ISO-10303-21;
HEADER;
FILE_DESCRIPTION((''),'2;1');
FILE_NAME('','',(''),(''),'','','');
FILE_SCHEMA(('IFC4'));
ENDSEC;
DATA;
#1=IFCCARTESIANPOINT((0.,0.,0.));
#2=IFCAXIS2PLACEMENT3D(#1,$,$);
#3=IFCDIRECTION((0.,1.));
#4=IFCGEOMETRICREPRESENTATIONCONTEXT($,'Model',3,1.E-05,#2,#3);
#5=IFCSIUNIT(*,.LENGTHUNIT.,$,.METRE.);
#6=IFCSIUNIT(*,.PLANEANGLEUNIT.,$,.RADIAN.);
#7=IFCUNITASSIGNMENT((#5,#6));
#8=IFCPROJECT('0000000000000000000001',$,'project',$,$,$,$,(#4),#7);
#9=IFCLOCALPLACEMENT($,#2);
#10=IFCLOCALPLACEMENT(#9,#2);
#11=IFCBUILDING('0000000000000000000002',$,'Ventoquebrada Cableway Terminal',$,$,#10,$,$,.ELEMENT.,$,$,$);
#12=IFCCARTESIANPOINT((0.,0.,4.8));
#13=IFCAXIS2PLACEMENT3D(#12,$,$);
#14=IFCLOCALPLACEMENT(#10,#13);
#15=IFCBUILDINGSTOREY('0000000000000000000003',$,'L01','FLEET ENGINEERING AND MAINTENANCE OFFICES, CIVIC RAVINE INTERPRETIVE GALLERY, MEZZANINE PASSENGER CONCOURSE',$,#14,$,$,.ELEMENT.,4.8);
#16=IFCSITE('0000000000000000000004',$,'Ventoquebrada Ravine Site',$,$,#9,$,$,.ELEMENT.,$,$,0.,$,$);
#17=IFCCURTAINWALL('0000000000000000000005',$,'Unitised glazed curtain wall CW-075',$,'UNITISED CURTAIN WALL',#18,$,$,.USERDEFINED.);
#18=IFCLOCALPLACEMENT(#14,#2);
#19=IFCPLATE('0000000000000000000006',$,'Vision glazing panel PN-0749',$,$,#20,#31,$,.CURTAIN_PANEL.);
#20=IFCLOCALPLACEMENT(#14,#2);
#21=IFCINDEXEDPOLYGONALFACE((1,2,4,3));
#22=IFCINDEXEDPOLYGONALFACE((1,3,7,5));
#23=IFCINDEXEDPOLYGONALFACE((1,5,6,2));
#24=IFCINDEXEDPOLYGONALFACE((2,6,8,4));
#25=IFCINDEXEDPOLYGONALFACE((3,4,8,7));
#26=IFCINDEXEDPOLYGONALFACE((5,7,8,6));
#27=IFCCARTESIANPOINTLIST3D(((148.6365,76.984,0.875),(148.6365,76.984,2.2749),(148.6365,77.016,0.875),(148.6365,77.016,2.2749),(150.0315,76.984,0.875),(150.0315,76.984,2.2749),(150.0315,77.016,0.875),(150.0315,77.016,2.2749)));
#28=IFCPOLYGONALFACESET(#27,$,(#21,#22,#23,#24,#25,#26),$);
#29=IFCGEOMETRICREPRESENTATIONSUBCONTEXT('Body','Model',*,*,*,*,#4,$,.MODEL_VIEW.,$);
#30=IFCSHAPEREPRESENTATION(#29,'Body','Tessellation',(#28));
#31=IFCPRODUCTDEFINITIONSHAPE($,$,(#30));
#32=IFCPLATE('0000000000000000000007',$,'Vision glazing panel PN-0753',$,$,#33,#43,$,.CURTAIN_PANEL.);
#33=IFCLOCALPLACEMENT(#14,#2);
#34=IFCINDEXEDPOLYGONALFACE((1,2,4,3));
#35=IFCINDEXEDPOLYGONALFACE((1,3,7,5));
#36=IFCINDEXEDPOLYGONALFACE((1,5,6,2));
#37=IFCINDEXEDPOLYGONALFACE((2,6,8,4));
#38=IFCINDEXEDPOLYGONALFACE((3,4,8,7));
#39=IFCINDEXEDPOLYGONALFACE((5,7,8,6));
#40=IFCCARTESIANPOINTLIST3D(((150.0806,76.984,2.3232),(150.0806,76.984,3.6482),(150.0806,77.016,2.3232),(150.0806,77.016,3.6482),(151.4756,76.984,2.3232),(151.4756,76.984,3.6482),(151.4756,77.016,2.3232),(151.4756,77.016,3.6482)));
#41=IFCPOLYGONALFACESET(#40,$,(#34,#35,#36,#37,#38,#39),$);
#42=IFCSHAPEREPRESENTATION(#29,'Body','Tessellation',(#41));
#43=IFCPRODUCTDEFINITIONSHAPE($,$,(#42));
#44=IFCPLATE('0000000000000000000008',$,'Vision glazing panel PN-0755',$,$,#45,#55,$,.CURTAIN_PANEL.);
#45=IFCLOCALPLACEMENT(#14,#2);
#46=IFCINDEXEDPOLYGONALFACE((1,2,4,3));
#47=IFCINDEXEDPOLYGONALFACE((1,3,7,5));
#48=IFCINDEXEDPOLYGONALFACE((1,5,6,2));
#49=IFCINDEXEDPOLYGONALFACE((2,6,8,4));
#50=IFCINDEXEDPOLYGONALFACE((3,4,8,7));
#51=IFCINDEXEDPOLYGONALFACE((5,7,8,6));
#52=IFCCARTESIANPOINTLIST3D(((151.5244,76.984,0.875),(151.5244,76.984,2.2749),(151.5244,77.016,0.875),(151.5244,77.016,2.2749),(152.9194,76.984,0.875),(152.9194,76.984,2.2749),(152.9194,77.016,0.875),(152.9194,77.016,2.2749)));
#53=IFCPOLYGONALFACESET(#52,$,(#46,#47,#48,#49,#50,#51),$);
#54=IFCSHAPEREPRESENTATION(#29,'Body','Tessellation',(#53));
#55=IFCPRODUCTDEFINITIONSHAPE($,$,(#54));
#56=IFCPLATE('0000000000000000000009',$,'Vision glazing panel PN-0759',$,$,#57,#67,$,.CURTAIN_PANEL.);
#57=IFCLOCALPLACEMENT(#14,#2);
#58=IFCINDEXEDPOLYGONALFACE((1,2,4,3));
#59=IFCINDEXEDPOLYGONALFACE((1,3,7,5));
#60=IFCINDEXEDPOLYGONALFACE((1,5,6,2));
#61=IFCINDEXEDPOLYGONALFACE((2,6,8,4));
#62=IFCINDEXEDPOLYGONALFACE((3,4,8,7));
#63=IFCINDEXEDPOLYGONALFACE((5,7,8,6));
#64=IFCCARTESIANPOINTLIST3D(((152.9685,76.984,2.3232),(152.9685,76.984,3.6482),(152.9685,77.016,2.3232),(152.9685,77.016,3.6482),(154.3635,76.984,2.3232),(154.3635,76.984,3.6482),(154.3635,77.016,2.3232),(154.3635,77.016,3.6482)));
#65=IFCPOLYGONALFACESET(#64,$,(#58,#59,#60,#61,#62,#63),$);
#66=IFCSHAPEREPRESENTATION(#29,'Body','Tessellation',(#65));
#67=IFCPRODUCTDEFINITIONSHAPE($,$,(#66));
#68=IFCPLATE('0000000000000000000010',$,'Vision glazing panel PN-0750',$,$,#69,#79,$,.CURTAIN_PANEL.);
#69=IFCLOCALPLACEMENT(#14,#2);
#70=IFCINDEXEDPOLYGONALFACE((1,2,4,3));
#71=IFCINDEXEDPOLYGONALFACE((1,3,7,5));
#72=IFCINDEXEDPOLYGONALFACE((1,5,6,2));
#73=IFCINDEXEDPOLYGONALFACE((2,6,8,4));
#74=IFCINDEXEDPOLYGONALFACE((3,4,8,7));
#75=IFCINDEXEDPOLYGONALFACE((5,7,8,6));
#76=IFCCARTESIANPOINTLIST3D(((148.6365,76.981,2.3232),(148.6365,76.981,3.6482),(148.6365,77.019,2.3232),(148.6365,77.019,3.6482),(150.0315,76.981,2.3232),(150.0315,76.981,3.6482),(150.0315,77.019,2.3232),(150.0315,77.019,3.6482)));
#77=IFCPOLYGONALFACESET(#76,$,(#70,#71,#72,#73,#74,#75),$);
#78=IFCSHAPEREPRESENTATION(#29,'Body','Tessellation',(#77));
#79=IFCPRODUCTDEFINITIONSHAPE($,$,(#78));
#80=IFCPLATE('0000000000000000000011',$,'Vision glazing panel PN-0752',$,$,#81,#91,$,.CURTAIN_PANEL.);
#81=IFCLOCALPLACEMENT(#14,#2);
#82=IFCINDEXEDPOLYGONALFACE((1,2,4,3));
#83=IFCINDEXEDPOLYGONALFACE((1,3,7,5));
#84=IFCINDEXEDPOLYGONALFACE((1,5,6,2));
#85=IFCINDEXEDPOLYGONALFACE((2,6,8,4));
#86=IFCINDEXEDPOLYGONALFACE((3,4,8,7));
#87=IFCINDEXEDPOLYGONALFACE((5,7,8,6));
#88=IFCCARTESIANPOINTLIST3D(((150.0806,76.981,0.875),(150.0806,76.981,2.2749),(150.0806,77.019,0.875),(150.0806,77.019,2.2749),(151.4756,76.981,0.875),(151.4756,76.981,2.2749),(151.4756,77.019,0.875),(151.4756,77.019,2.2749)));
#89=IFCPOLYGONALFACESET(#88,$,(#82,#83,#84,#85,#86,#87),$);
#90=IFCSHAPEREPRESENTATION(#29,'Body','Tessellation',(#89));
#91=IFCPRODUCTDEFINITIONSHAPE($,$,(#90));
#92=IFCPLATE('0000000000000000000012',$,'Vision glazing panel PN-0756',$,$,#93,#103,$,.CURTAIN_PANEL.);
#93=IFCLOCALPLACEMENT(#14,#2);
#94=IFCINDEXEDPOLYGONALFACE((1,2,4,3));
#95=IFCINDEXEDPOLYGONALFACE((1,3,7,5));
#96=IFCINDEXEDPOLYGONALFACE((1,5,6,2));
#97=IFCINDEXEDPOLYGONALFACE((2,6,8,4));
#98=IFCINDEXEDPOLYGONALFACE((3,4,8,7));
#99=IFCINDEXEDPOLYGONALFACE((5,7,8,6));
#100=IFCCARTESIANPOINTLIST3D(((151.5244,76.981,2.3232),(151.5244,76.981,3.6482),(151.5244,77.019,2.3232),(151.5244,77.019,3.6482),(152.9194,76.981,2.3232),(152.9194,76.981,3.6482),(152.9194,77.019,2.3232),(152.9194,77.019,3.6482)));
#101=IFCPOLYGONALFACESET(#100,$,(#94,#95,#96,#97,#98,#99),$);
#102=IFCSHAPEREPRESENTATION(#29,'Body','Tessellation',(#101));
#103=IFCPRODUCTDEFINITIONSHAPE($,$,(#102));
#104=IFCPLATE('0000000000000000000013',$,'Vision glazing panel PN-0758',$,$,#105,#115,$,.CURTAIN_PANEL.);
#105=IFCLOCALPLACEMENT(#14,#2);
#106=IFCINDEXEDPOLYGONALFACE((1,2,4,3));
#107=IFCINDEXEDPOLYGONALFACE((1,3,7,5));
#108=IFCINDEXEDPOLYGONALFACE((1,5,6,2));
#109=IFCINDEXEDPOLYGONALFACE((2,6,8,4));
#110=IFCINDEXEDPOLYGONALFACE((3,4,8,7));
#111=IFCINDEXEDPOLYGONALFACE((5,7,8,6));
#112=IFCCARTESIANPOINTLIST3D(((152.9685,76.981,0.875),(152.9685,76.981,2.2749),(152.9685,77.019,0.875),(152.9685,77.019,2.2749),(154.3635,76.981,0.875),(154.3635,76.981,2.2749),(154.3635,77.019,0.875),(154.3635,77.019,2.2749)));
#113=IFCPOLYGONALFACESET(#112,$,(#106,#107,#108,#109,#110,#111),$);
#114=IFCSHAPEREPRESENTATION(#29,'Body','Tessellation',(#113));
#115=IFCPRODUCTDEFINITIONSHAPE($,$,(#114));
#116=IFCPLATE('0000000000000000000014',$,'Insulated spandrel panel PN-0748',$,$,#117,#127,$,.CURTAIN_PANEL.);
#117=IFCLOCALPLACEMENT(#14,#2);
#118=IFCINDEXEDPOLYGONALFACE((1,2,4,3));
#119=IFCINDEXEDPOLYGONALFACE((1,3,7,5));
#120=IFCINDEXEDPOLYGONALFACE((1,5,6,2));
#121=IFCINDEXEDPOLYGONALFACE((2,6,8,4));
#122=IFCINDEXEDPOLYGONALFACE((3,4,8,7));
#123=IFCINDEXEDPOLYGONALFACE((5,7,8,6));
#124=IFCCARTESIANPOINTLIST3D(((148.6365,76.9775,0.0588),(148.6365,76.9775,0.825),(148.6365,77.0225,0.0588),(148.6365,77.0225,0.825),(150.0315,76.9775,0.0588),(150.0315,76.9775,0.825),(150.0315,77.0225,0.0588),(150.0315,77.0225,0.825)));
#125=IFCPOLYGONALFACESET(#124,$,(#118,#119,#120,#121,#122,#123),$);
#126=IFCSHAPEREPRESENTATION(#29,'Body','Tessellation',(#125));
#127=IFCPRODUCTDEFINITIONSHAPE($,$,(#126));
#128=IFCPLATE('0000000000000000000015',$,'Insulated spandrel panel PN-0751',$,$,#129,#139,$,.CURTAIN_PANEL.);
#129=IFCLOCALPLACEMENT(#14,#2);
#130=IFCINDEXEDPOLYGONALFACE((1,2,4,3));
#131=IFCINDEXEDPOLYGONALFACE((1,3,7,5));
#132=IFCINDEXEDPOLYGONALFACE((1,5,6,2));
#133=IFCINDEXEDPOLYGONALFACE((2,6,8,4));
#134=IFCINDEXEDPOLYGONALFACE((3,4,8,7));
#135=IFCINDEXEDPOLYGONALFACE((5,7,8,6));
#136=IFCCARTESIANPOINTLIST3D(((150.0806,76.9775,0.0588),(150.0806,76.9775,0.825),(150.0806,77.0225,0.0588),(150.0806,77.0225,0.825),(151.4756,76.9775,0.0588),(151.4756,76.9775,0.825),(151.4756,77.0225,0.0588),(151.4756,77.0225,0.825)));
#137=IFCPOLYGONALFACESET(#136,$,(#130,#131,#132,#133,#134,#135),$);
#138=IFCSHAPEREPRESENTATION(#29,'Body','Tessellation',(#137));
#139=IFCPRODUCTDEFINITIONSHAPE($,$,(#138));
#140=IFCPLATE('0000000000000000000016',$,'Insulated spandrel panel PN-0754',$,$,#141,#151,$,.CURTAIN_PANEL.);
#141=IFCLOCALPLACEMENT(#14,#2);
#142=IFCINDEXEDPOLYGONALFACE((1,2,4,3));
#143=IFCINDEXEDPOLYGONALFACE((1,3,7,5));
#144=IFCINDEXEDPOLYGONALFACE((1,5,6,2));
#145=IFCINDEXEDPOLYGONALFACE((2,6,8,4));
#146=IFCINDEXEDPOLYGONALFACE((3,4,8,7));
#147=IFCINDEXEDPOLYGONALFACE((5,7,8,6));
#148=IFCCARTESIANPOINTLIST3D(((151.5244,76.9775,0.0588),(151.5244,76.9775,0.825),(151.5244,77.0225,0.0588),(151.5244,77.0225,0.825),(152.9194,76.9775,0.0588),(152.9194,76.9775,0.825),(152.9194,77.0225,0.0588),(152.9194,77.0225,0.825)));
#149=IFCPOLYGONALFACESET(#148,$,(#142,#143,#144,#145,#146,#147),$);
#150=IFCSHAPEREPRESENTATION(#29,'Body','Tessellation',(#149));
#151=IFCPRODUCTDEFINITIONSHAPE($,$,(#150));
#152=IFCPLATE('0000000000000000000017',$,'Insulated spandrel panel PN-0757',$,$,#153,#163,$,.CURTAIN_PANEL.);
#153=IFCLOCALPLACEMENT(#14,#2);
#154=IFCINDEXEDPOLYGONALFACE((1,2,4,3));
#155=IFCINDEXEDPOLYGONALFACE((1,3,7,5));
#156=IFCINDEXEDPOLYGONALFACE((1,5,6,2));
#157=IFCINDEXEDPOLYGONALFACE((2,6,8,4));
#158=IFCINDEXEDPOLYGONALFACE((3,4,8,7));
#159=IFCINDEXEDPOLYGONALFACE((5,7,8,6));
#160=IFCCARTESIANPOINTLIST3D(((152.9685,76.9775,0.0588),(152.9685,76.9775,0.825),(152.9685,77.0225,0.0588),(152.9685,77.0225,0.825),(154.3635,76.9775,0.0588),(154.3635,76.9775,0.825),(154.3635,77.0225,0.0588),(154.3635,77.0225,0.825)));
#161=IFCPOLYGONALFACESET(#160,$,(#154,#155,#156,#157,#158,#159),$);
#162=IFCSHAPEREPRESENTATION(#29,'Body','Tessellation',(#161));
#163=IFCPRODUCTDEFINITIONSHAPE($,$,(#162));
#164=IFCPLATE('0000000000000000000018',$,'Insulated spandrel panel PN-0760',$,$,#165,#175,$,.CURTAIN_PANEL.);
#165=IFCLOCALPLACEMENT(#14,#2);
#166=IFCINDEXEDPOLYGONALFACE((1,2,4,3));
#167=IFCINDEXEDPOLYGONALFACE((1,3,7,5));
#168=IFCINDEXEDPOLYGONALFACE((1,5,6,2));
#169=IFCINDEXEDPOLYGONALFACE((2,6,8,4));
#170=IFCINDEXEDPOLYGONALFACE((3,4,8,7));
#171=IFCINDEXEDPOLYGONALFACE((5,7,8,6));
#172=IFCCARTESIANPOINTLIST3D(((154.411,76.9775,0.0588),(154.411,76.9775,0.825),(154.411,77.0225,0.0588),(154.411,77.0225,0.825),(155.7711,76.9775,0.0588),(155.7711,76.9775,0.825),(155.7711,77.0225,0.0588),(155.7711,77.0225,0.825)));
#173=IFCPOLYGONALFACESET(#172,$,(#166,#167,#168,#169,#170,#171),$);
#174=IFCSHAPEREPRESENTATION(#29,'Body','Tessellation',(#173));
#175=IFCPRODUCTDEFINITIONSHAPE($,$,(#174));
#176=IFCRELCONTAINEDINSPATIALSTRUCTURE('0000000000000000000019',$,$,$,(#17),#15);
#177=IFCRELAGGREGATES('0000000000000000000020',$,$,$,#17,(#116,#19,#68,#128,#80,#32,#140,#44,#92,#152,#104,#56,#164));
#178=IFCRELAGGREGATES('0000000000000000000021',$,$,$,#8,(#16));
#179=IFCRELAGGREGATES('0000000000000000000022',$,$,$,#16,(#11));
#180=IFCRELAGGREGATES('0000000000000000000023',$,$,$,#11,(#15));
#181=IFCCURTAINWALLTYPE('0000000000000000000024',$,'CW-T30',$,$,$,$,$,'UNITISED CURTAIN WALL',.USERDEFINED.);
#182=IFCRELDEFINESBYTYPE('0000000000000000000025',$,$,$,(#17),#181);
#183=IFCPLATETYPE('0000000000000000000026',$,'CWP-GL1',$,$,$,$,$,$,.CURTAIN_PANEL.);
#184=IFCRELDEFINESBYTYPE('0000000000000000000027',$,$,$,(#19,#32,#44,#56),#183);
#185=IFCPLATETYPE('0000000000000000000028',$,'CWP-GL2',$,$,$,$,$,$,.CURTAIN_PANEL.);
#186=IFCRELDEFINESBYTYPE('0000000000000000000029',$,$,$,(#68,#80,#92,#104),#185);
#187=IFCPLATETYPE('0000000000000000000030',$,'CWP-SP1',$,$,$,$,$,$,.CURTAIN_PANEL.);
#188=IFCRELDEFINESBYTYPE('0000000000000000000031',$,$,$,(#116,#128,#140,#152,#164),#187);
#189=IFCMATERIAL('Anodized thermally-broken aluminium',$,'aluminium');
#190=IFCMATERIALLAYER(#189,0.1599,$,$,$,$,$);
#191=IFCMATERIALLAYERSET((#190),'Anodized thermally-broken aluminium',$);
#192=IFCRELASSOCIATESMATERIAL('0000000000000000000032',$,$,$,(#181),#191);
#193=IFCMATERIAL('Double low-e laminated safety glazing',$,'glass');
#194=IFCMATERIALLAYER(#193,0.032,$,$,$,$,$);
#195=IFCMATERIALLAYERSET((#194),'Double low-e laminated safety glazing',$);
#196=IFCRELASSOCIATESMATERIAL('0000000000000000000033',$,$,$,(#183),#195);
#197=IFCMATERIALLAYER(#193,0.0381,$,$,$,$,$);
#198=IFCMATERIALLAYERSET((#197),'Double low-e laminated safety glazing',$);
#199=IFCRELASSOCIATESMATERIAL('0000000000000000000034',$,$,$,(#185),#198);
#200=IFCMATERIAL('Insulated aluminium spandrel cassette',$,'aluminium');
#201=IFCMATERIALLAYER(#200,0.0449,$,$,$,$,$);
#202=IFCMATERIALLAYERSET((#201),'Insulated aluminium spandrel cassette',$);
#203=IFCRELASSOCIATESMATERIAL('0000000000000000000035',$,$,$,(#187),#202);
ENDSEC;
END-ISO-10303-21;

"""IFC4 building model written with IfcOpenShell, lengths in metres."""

from ifc_helpers import new_model, si_unit, direction, frame, origin, origin_2d, place, context, subcontext, project, spatial, rectangle, extrude, material, layer, layer_set, type_object, element, aggregate, save


model = new_model("IFC4")

# Units and contexts
model_context = context("Model", 3, precision=1e-05, world=origin(), true_north=direction((0.0, 1.0)))
body_context = subcontext(model_context, "Body", "Model", "MODEL_VIEW")
ifc_project = project(units=[si_unit("LENGTHUNIT", "METRE"), si_unit("PLANEANGLEUNIT", "RADIAN")], contexts=[model_context])

# Site, building, storey
site_placement = place(None, origin())
site = spatial("IfcSite", under=ifc_project, at=site_placement, Name="Ventoquebrada Ravine Site", CompositionType="ELEMENT", RefElevation=0.0)
building_placement = place(site_placement, origin())
building = spatial("IfcBuilding", under=site, at=building_placement, Name="Ventoquebrada Cableway Terminal", CompositionType="ELEMENT")
storey_placement = place(building_placement, frame((0.0, 0.0, 4.8)))
storey = spatial("IfcBuildingStorey", under=building, at=storey_placement, Name="L01", Description="FLEET ENGINEERING AND MAINTENANCE OFFICES, CIVIC RAVINE INTERPRETIVE GALLERY, MEZZANINE PASSENGER CONCOURSE", CompositionType="ELEMENT", Elevation=4.8)

# Curtain wall, plates
ifc_material_1 = material(Name="Anodized thermally-broken aluminium", Category="aluminium")
ifc_layer_1 = layer(ifc_material_1, 0.1599)
ifc_layer_set_1 = layer_set([ifc_layer_1], Name="Anodized thermally-broken aluminium")
curtain_wall_type = type_object("IfcCurtainWallType", Name="CW-T30", ElementType="UNITISED CURTAIN WALL", PredefinedType="USERDEFINED", material=ifc_layer_set_1)
curtain_wall_placement = place(storey_placement, origin())
curtain_wall = element("IfcCurtainWall", 1, at=curtain_wall_placement, inside=storey, type_object=curtain_wall_type, Name="Unitised glazed curtain wall CW-075", ObjectType="UNITISED CURTAIN WALL", PredefinedType="USERDEFINED")
ifc_material_2 = material(Name="Double low-e laminated safety glazing", Category="glass")
ifc_layer_2 = layer(ifc_material_2, 0.032)
ifc_layer_set_2 = layer_set([ifc_layer_2], Name="Double low-e laminated safety glazing")
plate_type_1 = type_object("IfcPlateType", Name="CWP-GL1", PredefinedType="CURTAIN_PANEL", material=ifc_layer_set_2)
plate_1_placement = place(storey_placement, frame((149.334, 77.0, 0.875), z_axis=(0.0, 0.0, 1.0), x_axis=(1.0, 0.0, 0.0)))
plate_1 = element("IfcPlate", 2, at=plate_1_placement, type_object=plate_type_1, Name="Vision glazing panel PN-0749", PredefinedType="CURTAIN_PANEL", context=body_context, shape_type="SweptSolid", body=[
    extrude(rectangle(XDim=1.395, YDim=0.032, at=origin_2d()), origin(), (0.0, 0.0, 1.0), 1.3999),
])
plate_2_placement = place(storey_placement, frame((150.7781, 77.0, 2.3232), z_axis=(0.0, 0.0, 1.0), x_axis=(1.0, 0.0, 0.0)))
plate_2 = element("IfcPlate", 3, at=plate_2_placement, type_object=plate_type_1, Name="Vision glazing panel PN-0753", PredefinedType="CURTAIN_PANEL", context=body_context, shape_type="SweptSolid", body=[
    extrude(rectangle(XDim=1.395, YDim=0.032, at=origin_2d()), origin(), (0.0, 0.0, 1.0), 1.325),
])
plate_3_placement = place(storey_placement, frame((152.2219, 77.0, 0.875), z_axis=(0.0, 0.0, 1.0), x_axis=(1.0, 0.0, 0.0)))
plate_3 = element("IfcPlate", 4, at=plate_3_placement, type_object=plate_type_1, Name="Vision glazing panel PN-0755", PredefinedType="CURTAIN_PANEL", context=body_context, shape_type="SweptSolid", body=[
    extrude(rectangle(XDim=1.395, YDim=0.032, at=origin_2d()), origin(), (0.0, 0.0, 1.0), 1.3999),
])
plate_4_placement = place(storey_placement, frame((153.666, 77.0, 2.3232), z_axis=(0.0, 0.0, 1.0), x_axis=(1.0, 0.0, 0.0)))
plate_4 = element("IfcPlate", 5, at=plate_4_placement, type_object=plate_type_1, Name="Vision glazing panel PN-0759", PredefinedType="CURTAIN_PANEL", context=body_context, shape_type="SweptSolid", body=[
    extrude(rectangle(XDim=1.395, YDim=0.032, at=origin_2d()), origin(), (0.0, 0.0, 1.0), 1.325),
])
ifc_layer_3 = layer(ifc_material_2, 0.0381)
ifc_layer_set_3 = layer_set([ifc_layer_3], Name="Double low-e laminated safety glazing")
plate_type_2 = type_object("IfcPlateType", Name="CWP-GL2", PredefinedType="CURTAIN_PANEL", material=ifc_layer_set_3)
plate_5_placement = place(storey_placement, frame((149.334, 77.0, 2.3232), z_axis=(0.0, 0.0, 1.0), x_axis=(1.0, 0.0, 0.0)))
plate_5 = element("IfcPlate", 6, at=plate_5_placement, type_object=plate_type_2, Name="Vision glazing panel PN-0750", PredefinedType="CURTAIN_PANEL", context=body_context, shape_type="SweptSolid", body=[
    extrude(rectangle(XDim=1.395, YDim=0.0381, at=origin_2d()), origin(), (0.0, 0.0, 1.0), 1.325),
])
plate_6_placement = place(storey_placement, frame((150.7781, 77.0, 0.875), z_axis=(0.0, 0.0, 1.0), x_axis=(1.0, 0.0, 0.0)))
plate_6 = element("IfcPlate", 7, at=plate_6_placement, type_object=plate_type_2, Name="Vision glazing panel PN-0752", PredefinedType="CURTAIN_PANEL", context=body_context, shape_type="SweptSolid", body=[
    extrude(rectangle(XDim=1.395, YDim=0.0381, at=origin_2d()), origin(), (0.0, 0.0, 1.0), 1.3999),
])
plate_7_placement = place(storey_placement, frame((152.2219, 77.0, 2.3232), z_axis=(0.0, 0.0, 1.0), x_axis=(1.0, 0.0, 0.0)))
plate_7 = element("IfcPlate", 8, at=plate_7_placement, type_object=plate_type_2, Name="Vision glazing panel PN-0756", PredefinedType="CURTAIN_PANEL", context=body_context, shape_type="SweptSolid", body=[
    extrude(rectangle(XDim=1.395, YDim=0.0381, at=origin_2d()), origin(), (0.0, 0.0, 1.0), 1.325),
])
plate_8_placement = place(storey_placement, frame((153.666, 77.0, 0.875), z_axis=(0.0, 0.0, 1.0), x_axis=(1.0, 0.0, 0.0)))
plate_8 = element("IfcPlate", 9, at=plate_8_placement, type_object=plate_type_2, Name="Vision glazing panel PN-0758", PredefinedType="CURTAIN_PANEL", context=body_context, shape_type="SweptSolid", body=[
    extrude(rectangle(XDim=1.395, YDim=0.0381, at=origin_2d()), origin(), (0.0, 0.0, 1.0), 1.3999),
])
ifc_material_3 = material(Name="Insulated aluminium spandrel cassette", Category="aluminium")
ifc_layer_4 = layer(ifc_material_3, 0.0449)
ifc_layer_set_4 = layer_set([ifc_layer_4], Name="Insulated aluminium spandrel cassette")
plate_type_3 = type_object("IfcPlateType", Name="CWP-SP1", PredefinedType="CURTAIN_PANEL", material=ifc_layer_set_4)
plate_9_placement = place(storey_placement, frame((149.334, 77.0, 0.0588), z_axis=(0.0, 0.0, 1.0), x_axis=(1.0, 0.0, 0.0)))
plate_9 = element("IfcPlate", 10, at=plate_9_placement, type_object=plate_type_3, Name="Insulated spandrel panel PN-0748", PredefinedType="CURTAIN_PANEL", context=body_context, shape_type="SweptSolid", body=[
    extrude(rectangle(XDim=1.395, YDim=0.0449, at=origin_2d()), origin(), (0.0, 0.0, 1.0), 0.7661),
])
plate_10_placement = place(storey_placement, frame((150.7781, 77.0, 0.0588), z_axis=(0.0, 0.0, 1.0), x_axis=(1.0, 0.0, 0.0)))
plate_10 = element("IfcPlate", 11, at=plate_10_placement, type_object=plate_type_3, Name="Insulated spandrel panel PN-0751", PredefinedType="CURTAIN_PANEL", context=body_context, shape_type="SweptSolid", body=[
    extrude(rectangle(XDim=1.395, YDim=0.0449, at=origin_2d()), origin(), (0.0, 0.0, 1.0), 0.7661),
])
plate_11_placement = place(storey_placement, frame((152.2219, 77.0, 0.0588), z_axis=(0.0, 0.0, 1.0), x_axis=(1.0, 0.0, 0.0)))
plate_11 = element("IfcPlate", 12, at=plate_11_placement, type_object=plate_type_3, Name="Insulated spandrel panel PN-0754", PredefinedType="CURTAIN_PANEL", context=body_context, shape_type="SweptSolid", body=[
    extrude(rectangle(XDim=1.395, YDim=0.0449, at=origin_2d()), origin(), (0.0, 0.0, 1.0), 0.7661),
])
plate_12_placement = place(storey_placement, frame((153.666, 77.0, 0.0588), z_axis=(0.0, 0.0, 1.0), x_axis=(1.0, 0.0, 0.0)))
plate_12 = element("IfcPlate", 13, at=plate_12_placement, type_object=plate_type_3, Name="Insulated spandrel panel PN-0757", PredefinedType="CURTAIN_PANEL", context=body_context, shape_type="SweptSolid", body=[
    extrude(rectangle(XDim=1.395, YDim=0.0449, at=origin_2d()), origin(), (0.0, 0.0, 1.0), 0.7661),
])
plate_13_placement = place(storey_placement, frame((155.0911, 77.0, 0.0588), z_axis=(0.0, 0.0, 1.0), x_axis=(1.0, 0.0, 0.0)))
plate_13 = element("IfcPlate", 14, at=plate_13_placement, type_object=plate_type_3, Name="Insulated spandrel panel PN-0760", PredefinedType="CURTAIN_PANEL", context=body_context, shape_type="SweptSolid", body=[
    extrude(rectangle(XDim=1.3601, YDim=0.0449, at=origin_2d()), origin(), (0.0, 0.0, 1.0), 0.7661),
])
aggregate(curtain_wall, [plate_9, plate_1, plate_5, plate_10, plate_6, plate_2, plate_11, plate_3, plate_7, plate_12, plate_8, plate_4, plate_13])

save(model, "model.ifc")
